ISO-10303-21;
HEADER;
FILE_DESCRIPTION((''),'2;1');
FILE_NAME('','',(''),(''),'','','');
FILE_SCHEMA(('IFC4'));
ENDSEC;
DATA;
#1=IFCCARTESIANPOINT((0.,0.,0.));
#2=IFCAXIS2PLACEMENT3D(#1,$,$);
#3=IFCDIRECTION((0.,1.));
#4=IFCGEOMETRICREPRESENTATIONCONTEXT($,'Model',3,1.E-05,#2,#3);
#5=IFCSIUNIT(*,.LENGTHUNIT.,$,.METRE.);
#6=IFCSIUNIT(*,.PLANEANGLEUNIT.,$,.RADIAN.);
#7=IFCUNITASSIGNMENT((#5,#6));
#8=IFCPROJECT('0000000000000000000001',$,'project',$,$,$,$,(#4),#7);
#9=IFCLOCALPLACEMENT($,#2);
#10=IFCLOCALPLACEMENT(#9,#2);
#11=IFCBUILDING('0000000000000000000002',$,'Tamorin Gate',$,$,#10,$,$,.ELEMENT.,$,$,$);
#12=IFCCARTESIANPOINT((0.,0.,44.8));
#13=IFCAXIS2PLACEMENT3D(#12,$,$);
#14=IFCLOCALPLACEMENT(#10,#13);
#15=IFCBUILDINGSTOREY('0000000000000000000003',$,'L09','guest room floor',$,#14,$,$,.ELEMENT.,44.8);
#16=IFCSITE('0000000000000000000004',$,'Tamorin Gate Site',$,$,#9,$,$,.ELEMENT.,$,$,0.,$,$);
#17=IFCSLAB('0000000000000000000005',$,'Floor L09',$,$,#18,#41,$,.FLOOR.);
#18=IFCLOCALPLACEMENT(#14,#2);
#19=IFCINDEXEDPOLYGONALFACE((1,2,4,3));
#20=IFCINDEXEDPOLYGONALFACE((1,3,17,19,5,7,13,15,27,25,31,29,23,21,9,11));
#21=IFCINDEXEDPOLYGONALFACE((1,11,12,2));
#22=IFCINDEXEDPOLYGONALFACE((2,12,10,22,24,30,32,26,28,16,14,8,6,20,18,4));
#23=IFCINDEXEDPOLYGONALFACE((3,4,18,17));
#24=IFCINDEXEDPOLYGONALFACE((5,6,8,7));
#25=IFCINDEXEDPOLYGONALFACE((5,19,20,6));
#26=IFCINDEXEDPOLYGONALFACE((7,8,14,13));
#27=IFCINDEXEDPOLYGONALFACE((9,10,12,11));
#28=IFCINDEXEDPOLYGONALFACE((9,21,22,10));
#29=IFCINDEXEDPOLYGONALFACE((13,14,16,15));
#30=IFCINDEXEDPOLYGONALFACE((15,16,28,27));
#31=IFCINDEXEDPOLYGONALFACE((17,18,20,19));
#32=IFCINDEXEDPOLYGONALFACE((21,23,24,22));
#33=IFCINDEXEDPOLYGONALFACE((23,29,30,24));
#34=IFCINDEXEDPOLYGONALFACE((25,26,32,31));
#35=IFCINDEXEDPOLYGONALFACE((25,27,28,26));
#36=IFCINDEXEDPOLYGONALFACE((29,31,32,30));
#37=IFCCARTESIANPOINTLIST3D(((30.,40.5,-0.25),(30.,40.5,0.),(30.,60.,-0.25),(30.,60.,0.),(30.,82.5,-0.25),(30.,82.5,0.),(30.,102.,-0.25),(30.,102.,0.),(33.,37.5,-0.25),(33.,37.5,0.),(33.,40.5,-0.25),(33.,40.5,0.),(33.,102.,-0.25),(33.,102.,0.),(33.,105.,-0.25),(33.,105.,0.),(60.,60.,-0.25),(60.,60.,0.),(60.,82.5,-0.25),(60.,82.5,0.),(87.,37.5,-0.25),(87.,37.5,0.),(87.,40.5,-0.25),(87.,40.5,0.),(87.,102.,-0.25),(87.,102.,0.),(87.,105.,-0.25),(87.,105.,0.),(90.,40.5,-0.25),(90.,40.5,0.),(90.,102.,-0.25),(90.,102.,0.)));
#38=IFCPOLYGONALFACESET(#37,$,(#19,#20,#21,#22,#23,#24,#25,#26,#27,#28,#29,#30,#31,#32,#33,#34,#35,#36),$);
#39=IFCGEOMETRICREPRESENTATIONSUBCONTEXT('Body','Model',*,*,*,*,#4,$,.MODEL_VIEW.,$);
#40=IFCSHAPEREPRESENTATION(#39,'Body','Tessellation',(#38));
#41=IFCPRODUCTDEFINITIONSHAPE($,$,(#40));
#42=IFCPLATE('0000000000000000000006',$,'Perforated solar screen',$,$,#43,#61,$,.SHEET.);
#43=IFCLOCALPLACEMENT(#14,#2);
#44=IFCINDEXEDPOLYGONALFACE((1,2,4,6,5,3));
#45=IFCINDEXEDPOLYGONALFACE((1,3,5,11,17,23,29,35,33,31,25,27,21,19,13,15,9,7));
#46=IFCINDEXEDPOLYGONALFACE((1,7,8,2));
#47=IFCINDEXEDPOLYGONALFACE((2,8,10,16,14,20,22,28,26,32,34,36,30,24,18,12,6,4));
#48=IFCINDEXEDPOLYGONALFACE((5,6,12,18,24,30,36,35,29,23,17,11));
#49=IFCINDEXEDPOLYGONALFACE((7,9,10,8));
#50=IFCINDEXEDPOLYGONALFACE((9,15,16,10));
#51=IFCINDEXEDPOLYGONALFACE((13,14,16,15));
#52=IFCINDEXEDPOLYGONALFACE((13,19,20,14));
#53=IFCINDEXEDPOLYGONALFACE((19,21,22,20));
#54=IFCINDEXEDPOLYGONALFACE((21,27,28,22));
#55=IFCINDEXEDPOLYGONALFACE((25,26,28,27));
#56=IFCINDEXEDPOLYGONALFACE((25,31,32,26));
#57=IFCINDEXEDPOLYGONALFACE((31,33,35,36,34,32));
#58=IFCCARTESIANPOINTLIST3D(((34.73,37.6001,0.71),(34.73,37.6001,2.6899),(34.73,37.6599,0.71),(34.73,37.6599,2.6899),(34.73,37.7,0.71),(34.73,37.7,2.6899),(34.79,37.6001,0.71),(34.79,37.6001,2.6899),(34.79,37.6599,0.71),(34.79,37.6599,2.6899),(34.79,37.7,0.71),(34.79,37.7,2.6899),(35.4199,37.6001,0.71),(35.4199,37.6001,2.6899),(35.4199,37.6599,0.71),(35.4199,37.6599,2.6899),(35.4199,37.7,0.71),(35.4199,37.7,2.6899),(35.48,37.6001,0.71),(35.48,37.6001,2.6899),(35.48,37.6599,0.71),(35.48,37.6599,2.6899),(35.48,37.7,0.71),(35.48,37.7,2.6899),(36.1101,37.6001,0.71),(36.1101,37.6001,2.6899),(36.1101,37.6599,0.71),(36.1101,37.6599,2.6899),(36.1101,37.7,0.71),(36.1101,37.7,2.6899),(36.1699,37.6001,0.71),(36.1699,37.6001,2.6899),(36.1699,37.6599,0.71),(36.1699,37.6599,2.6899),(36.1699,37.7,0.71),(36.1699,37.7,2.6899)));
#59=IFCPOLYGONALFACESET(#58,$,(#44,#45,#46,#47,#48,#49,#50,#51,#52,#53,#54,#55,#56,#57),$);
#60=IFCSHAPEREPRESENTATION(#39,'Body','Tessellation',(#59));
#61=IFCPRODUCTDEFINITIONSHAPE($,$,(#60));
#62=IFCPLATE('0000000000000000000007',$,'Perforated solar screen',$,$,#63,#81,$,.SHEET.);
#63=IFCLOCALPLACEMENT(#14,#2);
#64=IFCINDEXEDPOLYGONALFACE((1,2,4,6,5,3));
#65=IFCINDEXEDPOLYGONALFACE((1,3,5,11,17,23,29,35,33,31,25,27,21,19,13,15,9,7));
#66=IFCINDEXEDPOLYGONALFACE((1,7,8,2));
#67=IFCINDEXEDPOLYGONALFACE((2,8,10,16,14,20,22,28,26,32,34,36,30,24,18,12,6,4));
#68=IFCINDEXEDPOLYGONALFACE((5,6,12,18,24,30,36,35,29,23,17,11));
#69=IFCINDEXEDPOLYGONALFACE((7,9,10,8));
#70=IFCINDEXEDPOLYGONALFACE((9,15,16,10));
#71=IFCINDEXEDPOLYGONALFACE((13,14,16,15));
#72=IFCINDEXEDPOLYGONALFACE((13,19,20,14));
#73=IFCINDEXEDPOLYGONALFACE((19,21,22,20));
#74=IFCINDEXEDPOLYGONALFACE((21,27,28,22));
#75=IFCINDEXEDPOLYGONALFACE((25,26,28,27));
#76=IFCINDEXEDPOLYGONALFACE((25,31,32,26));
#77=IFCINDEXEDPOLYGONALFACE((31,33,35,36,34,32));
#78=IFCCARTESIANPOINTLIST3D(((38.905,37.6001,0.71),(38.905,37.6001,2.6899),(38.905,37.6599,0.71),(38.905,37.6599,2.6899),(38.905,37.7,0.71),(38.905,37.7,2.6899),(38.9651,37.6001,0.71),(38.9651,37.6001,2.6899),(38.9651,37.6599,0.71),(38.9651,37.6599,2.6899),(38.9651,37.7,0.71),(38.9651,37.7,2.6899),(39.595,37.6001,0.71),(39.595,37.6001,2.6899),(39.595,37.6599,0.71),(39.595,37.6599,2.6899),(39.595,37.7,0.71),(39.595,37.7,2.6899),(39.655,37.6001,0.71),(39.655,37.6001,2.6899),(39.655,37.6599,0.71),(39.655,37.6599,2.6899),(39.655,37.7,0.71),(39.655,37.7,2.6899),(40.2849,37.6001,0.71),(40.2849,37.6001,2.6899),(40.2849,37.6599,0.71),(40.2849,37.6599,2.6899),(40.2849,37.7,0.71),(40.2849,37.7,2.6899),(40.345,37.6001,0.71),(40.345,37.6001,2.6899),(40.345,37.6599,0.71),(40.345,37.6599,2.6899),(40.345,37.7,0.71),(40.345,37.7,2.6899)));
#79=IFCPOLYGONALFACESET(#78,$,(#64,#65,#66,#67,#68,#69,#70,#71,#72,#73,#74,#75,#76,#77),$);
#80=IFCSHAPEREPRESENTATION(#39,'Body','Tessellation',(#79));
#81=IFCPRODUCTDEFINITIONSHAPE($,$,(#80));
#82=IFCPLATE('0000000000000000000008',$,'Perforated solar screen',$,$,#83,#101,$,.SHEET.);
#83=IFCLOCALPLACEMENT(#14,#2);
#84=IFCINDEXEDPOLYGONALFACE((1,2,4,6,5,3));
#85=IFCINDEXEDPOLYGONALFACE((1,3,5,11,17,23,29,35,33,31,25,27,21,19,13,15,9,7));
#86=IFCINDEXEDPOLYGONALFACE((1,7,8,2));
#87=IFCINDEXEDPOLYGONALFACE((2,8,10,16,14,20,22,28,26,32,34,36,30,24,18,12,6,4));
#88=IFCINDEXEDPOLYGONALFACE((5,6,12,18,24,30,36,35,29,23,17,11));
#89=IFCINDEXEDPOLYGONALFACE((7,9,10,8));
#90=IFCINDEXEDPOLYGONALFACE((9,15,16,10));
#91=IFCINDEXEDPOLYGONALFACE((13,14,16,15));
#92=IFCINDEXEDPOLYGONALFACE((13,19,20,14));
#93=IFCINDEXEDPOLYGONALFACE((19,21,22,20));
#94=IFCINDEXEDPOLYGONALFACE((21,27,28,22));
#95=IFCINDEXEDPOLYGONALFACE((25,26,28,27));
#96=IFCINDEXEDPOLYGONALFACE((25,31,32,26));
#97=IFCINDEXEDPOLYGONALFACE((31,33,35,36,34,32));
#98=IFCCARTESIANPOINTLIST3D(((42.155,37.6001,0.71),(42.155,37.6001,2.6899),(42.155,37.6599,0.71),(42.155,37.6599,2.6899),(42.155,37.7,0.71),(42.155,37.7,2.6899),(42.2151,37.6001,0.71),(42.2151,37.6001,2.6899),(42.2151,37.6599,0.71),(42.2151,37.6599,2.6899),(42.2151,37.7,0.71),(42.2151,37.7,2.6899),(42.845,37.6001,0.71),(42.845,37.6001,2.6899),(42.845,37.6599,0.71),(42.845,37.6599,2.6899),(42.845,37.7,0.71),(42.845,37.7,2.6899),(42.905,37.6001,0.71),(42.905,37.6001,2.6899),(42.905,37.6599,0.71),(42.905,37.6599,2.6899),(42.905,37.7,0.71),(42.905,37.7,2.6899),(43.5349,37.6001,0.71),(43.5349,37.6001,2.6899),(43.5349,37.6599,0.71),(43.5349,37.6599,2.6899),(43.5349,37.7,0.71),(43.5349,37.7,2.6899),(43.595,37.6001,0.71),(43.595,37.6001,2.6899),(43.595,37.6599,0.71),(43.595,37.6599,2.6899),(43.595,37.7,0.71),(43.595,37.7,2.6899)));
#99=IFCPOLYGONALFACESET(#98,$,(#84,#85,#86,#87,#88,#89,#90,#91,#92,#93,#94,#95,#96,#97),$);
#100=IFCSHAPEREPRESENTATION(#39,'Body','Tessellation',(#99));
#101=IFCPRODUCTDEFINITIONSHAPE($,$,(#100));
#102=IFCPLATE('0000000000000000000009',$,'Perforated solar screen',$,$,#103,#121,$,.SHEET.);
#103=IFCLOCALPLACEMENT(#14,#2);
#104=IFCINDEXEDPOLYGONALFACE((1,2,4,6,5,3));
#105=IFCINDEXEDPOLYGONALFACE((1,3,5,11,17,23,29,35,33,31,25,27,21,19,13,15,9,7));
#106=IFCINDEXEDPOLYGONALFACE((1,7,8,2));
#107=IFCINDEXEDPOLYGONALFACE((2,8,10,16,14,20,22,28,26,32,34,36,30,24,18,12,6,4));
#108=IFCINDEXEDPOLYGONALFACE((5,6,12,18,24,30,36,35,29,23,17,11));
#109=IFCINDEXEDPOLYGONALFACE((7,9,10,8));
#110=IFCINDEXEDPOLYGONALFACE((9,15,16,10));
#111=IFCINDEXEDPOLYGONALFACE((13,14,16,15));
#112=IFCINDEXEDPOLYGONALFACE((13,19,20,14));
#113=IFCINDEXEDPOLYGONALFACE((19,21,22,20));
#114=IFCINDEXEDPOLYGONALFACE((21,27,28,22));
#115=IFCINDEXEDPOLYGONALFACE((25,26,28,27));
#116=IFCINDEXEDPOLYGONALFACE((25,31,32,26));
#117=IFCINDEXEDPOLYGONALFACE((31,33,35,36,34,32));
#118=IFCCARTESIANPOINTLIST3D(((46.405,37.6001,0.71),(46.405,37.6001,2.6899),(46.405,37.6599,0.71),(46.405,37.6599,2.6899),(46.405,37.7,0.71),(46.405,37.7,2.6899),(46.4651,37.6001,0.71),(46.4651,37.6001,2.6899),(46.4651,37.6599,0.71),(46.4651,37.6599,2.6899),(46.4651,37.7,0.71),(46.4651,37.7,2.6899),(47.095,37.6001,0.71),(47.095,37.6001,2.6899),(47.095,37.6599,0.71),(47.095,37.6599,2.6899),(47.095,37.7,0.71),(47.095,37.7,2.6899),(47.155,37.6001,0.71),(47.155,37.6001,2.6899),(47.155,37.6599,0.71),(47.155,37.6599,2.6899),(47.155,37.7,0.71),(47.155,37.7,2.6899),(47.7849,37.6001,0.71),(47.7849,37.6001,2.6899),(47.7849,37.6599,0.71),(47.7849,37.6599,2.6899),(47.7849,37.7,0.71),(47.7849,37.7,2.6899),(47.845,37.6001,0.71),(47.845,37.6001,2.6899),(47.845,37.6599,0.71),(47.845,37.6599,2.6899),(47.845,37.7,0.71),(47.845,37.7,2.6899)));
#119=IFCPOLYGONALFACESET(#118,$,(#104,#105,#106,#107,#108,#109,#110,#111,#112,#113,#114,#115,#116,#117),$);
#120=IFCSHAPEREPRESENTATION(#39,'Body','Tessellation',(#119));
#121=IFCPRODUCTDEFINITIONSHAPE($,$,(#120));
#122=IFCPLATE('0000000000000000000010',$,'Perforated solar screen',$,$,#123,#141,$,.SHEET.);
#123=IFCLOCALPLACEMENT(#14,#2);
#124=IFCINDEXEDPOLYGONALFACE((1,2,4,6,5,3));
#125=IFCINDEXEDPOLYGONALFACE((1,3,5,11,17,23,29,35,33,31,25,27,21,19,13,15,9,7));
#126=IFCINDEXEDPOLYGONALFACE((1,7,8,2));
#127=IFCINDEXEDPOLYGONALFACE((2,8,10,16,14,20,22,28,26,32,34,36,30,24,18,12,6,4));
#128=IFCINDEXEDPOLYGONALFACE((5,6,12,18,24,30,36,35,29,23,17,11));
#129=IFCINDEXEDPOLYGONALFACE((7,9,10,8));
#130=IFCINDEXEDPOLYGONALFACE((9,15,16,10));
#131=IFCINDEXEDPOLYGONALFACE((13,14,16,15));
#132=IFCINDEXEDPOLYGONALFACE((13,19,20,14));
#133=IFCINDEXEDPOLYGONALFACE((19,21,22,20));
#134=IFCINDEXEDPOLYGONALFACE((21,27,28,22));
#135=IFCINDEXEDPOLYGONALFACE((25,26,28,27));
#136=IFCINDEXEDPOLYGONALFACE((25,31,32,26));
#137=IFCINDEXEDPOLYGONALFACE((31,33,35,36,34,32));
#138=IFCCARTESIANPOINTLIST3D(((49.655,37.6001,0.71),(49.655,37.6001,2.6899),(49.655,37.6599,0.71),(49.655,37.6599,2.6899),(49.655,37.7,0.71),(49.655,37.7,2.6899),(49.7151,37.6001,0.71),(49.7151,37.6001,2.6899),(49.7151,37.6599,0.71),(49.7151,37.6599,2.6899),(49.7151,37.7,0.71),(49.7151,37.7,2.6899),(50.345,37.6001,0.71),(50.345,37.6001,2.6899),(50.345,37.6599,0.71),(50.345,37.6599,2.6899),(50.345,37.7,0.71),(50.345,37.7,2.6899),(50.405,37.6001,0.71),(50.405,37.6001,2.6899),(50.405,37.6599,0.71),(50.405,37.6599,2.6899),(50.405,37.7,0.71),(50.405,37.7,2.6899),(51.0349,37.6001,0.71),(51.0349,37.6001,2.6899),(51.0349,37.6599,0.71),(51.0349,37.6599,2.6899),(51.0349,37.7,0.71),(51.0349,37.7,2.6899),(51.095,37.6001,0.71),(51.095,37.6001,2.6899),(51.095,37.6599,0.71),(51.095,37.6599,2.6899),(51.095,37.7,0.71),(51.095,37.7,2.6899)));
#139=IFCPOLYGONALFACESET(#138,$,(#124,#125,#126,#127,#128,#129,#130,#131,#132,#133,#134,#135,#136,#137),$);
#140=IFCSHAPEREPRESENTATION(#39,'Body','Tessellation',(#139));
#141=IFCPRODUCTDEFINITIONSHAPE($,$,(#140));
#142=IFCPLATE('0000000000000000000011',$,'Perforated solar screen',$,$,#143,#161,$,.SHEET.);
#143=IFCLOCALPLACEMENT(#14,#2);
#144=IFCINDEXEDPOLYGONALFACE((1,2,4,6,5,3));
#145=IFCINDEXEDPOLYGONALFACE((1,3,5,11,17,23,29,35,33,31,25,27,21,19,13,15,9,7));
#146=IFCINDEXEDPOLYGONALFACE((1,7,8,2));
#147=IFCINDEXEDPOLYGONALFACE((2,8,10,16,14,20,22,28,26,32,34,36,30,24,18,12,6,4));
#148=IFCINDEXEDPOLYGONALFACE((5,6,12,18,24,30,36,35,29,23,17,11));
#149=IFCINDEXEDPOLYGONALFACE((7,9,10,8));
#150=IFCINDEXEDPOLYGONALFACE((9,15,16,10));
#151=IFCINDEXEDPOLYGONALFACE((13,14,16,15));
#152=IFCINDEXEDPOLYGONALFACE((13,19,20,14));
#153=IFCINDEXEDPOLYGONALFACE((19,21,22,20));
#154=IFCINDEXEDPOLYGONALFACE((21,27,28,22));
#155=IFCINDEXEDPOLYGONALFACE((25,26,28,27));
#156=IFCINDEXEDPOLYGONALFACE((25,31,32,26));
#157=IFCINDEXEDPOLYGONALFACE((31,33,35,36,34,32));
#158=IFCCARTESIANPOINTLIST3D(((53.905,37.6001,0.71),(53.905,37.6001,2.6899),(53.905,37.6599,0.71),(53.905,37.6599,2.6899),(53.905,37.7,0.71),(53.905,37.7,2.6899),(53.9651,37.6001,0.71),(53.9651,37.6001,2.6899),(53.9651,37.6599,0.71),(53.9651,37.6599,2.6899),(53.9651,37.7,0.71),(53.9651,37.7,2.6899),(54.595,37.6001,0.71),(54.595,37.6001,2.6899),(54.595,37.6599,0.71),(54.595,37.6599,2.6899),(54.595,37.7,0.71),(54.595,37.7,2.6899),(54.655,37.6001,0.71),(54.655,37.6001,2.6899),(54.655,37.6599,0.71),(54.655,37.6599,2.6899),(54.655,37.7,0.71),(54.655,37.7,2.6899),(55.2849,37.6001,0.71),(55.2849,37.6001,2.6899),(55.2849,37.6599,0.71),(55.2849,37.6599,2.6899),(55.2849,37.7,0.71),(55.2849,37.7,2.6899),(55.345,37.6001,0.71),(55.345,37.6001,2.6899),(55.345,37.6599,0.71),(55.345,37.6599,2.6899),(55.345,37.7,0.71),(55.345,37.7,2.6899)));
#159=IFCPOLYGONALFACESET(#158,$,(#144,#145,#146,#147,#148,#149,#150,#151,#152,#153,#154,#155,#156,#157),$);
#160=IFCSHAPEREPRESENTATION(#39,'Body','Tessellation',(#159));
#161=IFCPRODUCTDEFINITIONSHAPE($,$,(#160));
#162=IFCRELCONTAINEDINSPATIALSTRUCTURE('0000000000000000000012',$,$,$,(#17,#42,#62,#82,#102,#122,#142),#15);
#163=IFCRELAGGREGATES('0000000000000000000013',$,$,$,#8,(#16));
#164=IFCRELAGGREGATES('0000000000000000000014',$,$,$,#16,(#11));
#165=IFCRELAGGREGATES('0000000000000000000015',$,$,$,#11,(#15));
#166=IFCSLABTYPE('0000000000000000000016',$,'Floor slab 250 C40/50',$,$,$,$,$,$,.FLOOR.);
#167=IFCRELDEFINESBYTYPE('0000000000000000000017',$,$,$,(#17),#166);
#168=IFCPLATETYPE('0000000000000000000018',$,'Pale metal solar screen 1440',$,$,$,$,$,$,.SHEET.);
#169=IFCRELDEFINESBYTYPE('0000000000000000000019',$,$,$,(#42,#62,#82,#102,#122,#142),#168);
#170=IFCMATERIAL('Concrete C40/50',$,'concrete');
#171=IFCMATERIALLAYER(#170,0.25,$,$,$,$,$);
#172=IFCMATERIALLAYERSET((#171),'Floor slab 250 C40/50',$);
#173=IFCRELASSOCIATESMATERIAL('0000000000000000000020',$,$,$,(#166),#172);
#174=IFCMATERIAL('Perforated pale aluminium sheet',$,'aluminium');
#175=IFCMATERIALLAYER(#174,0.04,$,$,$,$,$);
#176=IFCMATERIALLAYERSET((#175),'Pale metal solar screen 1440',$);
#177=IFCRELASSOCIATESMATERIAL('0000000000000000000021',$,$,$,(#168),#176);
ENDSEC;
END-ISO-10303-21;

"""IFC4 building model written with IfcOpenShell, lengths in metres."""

from ifc_helpers import new_model, si_unit, direction, frame, origin, place, context, subcontext, project, spatial, polyline, outline, extrude, material, layer, layer_set, type_object, element, save


model = new_model("IFC4")

# Units and contexts
model_context = context("Model", 3, precision=1e-05, world=origin(), true_north=direction((0.0, 1.0)))
body_context = subcontext(model_context, "Body", "Model", "MODEL_VIEW")
ifc_project = project(units=[si_unit("LENGTHUNIT", "METRE"), si_unit("PLANEANGLEUNIT", "RADIAN")], contexts=[model_context])

# Site, building, storey
site_placement = place(None, origin())
site = spatial("IfcSite", under=ifc_project, at=site_placement, Name="Tamorin Gate Site", CompositionType="ELEMENT", RefElevation=0.0)
building_placement = place(site_placement, origin())
building = spatial("IfcBuilding", under=site, at=building_placement, Name="Tamorin Gate", CompositionType="ELEMENT")
storey_placement = place(building_placement, frame((0.0, 0.0, 44.8)))
storey = spatial("IfcBuildingStorey", under=building, at=storey_placement, Name="L09", Description="guest room floor", CompositionType="ELEMENT", Elevation=44.8)

# Slab
ifc_material_1 = material(Name="Concrete C40/50", Category="concrete")
ifc_layer_1 = layer(ifc_material_1, 0.25)
ifc_layer_set_1 = layer_set([ifc_layer_1], Name="Floor slab 250 C40/50")
slab_type = type_object("IfcSlabType", Name="Floor slab 250 C40/50", PredefinedType="FLOOR", material=ifc_layer_set_1)
slab_placement = place(storey_placement, frame((0.0, 0.0, -0.25)))
element("IfcSlab", 1, at=slab_placement, inside=storey, type_object=slab_type, Name="Floor L09", PredefinedType="FLOOR", context=body_context, shape_type="SweptSolid", body=[
    extrude(outline(polyline([(30.0, 102.0), (33.0, 102.0), (33.0, 105.0), (87.0, 105.0), (87.0, 102.0), (90.0, 102.0), (90.0, 40.5), (87.0, 40.5), (87.0, 37.5), (33.0, 37.5), (33.0, 40.5), (30.0, 40.5), (30.0, 60.0), (60.0, 60.0), (60.0, 82.5), (30.0, 82.5), (30.0, 102.0)])), origin(), (0.0, 0.0, 1.0), 0.25),
])

# Plates
ifc_material_2 = material(Name="Perforated pale aluminium sheet", Category="aluminium")
ifc_layer_2 = layer(ifc_material_2, 0.04)
ifc_layer_set_2 = layer_set([ifc_layer_2], Name="Pale metal solar screen 1440")
plate_type = type_object("IfcPlateType", Name="Pale metal solar screen 1440", PredefinedType="SHEET", material=ifc_layer_set_2)
plate_1_placement = place(storey_placement, frame((0.0, 0.0, 0.71)))
element("IfcPlate", 2, at=plate_1_placement, inside=storey, type_object=plate_type, Name="Perforated solar screen", PredefinedType="SHEET", context=body_context, shape_type="SweptSolid", body=[
    extrude(outline(polyline([(34.73, 37.6599), (34.73, 37.7), (34.79, 37.7), (35.4199, 37.7), (35.48, 37.7), (36.1101, 37.7), (36.1699, 37.7), (36.1699, 37.6599), (36.1699, 37.6001), (36.1101, 37.6001), (36.1101, 37.6599), (35.48, 37.6599), (35.48, 37.6001), (35.4199, 37.6001), (35.4199, 37.6599), (34.79, 37.6599), (34.79, 37.6001), (34.73, 37.6001), (34.73, 37.6599)])), origin(), (0.0, 0.0, 1.0), 1.98),
])
plate_2_placement = place(storey_placement, frame((0.0, 0.0, 0.71)))
element("IfcPlate", 3, at=plate_2_placement, inside=storey, type_object=plate_type, Name="Perforated solar screen", PredefinedType="SHEET", context=body_context, shape_type="SweptSolid", body=[
    extrude(outline(polyline([(38.905, 37.6599), (38.905, 37.7), (38.9651, 37.7), (39.595, 37.7), (39.655, 37.7), (40.2849, 37.7), (40.345, 37.7), (40.345, 37.7), (40.345, 37.6599), (40.345, 37.6599), (40.345, 37.6001), (40.2849, 37.6001), (40.2849, 37.6599), (39.655, 37.6599), (39.655, 37.6001), (39.595, 37.6001), (39.595, 37.6599), (38.9651, 37.6599), (38.9651, 37.6001), (38.905, 37.6001), (38.905, 37.6599)])), origin(), (0.0, 0.0, 1.0), 1.98),
])
plate_3_placement = place(storey_placement, frame((0.0, 0.0, 0.71)))
element("IfcPlate", 4, at=plate_3_placement, inside=storey, type_object=plate_type, Name="Perforated solar screen", PredefinedType="SHEET", context=body_context, shape_type="SweptSolid", body=[
    extrude(outline(polyline([(42.155, 37.6599), (42.155, 37.7), (42.2151, 37.7), (42.845, 37.7), (42.905, 37.7), (43.5349, 37.7), (43.595, 37.7), (43.595, 37.6599), (43.595, 37.6001), (43.5349, 37.6001), (43.5349, 37.6599), (42.905, 37.6599), (42.905, 37.6001), (42.845, 37.6001), (42.845, 37.6599), (42.2151, 37.6599), (42.2151, 37.6001), (42.155, 37.6001), (42.155, 37.6599)])), origin(), (0.0, 0.0, 1.0), 1.98),
])
plate_4_placement = place(storey_placement, frame((0.0, 0.0, 0.71)))
element("IfcPlate", 5, at=plate_4_placement, inside=storey, type_object=plate_type, Name="Perforated solar screen", PredefinedType="SHEET", context=body_context, shape_type="SweptSolid", body=[
    extrude(outline(polyline([(46.405, 37.6599), (46.405, 37.7), (46.4651, 37.7), (47.095, 37.7), (47.155, 37.7), (47.7849, 37.7), (47.845, 37.7), (47.845, 37.6599), (47.845, 37.6001), (47.7849, 37.6001), (47.7849, 37.6599), (47.155, 37.6599), (47.155, 37.6001), (47.095, 37.6001), (47.095, 37.6599), (46.4651, 37.6599), (46.4651, 37.6001), (46.405, 37.6001), (46.405, 37.6599)])), origin(), (0.0, 0.0, 1.0), 1.98),
])
plate_5_placement = place(storey_placement, frame((0.0, 0.0, 0.71)))
element("IfcPlate", 6, at=plate_5_placement, inside=storey, type_object=plate_type, Name="Perforated solar screen", PredefinedType="SHEET", context=body_context, shape_type="SweptSolid", body=[
    extrude(outline(polyline([(49.655, 37.6599), (49.655, 37.7), (49.7151, 37.7), (50.345, 37.7), (50.405, 37.7), (51.0349, 37.7), (51.095, 37.7), (51.095, 37.6599), (51.095, 37.6001), (51.0349, 37.6001), (51.0349, 37.6599), (50.405, 37.6599), (50.405, 37.6001), (50.345, 37.6001), (50.345, 37.6599), (49.7151, 37.6599), (49.7151, 37.6001), (49.655, 37.6001), (49.655, 37.6599)])), origin(), (0.0, 0.0, 1.0), 1.98),
])
plate_6_placement = place(storey_placement, frame((0.0, 0.0, 0.71)))
element("IfcPlate", 7, at=plate_6_placement, inside=storey, type_object=plate_type, Name="Perforated solar screen", PredefinedType="SHEET", context=body_context, shape_type="SweptSolid", body=[
    extrude(outline(polyline([(53.905, 37.6599), (53.905, 37.7), (53.9651, 37.7), (54.595, 37.7), (54.655, 37.7), (55.2849, 37.7), (55.345, 37.7), (55.345, 37.6599), (55.345, 37.6001), (55.2849, 37.6001), (55.2849, 37.6599), (54.655, 37.6599), (54.655, 37.6001), (54.595, 37.6001), (54.595, 37.6599), (53.9651, 37.6599), (53.9651, 37.6001), (53.905, 37.6001), (53.905, 37.6599)])), origin(), (0.0, 0.0, 1.0), 1.98),
])

save(model, "model.ifc")
